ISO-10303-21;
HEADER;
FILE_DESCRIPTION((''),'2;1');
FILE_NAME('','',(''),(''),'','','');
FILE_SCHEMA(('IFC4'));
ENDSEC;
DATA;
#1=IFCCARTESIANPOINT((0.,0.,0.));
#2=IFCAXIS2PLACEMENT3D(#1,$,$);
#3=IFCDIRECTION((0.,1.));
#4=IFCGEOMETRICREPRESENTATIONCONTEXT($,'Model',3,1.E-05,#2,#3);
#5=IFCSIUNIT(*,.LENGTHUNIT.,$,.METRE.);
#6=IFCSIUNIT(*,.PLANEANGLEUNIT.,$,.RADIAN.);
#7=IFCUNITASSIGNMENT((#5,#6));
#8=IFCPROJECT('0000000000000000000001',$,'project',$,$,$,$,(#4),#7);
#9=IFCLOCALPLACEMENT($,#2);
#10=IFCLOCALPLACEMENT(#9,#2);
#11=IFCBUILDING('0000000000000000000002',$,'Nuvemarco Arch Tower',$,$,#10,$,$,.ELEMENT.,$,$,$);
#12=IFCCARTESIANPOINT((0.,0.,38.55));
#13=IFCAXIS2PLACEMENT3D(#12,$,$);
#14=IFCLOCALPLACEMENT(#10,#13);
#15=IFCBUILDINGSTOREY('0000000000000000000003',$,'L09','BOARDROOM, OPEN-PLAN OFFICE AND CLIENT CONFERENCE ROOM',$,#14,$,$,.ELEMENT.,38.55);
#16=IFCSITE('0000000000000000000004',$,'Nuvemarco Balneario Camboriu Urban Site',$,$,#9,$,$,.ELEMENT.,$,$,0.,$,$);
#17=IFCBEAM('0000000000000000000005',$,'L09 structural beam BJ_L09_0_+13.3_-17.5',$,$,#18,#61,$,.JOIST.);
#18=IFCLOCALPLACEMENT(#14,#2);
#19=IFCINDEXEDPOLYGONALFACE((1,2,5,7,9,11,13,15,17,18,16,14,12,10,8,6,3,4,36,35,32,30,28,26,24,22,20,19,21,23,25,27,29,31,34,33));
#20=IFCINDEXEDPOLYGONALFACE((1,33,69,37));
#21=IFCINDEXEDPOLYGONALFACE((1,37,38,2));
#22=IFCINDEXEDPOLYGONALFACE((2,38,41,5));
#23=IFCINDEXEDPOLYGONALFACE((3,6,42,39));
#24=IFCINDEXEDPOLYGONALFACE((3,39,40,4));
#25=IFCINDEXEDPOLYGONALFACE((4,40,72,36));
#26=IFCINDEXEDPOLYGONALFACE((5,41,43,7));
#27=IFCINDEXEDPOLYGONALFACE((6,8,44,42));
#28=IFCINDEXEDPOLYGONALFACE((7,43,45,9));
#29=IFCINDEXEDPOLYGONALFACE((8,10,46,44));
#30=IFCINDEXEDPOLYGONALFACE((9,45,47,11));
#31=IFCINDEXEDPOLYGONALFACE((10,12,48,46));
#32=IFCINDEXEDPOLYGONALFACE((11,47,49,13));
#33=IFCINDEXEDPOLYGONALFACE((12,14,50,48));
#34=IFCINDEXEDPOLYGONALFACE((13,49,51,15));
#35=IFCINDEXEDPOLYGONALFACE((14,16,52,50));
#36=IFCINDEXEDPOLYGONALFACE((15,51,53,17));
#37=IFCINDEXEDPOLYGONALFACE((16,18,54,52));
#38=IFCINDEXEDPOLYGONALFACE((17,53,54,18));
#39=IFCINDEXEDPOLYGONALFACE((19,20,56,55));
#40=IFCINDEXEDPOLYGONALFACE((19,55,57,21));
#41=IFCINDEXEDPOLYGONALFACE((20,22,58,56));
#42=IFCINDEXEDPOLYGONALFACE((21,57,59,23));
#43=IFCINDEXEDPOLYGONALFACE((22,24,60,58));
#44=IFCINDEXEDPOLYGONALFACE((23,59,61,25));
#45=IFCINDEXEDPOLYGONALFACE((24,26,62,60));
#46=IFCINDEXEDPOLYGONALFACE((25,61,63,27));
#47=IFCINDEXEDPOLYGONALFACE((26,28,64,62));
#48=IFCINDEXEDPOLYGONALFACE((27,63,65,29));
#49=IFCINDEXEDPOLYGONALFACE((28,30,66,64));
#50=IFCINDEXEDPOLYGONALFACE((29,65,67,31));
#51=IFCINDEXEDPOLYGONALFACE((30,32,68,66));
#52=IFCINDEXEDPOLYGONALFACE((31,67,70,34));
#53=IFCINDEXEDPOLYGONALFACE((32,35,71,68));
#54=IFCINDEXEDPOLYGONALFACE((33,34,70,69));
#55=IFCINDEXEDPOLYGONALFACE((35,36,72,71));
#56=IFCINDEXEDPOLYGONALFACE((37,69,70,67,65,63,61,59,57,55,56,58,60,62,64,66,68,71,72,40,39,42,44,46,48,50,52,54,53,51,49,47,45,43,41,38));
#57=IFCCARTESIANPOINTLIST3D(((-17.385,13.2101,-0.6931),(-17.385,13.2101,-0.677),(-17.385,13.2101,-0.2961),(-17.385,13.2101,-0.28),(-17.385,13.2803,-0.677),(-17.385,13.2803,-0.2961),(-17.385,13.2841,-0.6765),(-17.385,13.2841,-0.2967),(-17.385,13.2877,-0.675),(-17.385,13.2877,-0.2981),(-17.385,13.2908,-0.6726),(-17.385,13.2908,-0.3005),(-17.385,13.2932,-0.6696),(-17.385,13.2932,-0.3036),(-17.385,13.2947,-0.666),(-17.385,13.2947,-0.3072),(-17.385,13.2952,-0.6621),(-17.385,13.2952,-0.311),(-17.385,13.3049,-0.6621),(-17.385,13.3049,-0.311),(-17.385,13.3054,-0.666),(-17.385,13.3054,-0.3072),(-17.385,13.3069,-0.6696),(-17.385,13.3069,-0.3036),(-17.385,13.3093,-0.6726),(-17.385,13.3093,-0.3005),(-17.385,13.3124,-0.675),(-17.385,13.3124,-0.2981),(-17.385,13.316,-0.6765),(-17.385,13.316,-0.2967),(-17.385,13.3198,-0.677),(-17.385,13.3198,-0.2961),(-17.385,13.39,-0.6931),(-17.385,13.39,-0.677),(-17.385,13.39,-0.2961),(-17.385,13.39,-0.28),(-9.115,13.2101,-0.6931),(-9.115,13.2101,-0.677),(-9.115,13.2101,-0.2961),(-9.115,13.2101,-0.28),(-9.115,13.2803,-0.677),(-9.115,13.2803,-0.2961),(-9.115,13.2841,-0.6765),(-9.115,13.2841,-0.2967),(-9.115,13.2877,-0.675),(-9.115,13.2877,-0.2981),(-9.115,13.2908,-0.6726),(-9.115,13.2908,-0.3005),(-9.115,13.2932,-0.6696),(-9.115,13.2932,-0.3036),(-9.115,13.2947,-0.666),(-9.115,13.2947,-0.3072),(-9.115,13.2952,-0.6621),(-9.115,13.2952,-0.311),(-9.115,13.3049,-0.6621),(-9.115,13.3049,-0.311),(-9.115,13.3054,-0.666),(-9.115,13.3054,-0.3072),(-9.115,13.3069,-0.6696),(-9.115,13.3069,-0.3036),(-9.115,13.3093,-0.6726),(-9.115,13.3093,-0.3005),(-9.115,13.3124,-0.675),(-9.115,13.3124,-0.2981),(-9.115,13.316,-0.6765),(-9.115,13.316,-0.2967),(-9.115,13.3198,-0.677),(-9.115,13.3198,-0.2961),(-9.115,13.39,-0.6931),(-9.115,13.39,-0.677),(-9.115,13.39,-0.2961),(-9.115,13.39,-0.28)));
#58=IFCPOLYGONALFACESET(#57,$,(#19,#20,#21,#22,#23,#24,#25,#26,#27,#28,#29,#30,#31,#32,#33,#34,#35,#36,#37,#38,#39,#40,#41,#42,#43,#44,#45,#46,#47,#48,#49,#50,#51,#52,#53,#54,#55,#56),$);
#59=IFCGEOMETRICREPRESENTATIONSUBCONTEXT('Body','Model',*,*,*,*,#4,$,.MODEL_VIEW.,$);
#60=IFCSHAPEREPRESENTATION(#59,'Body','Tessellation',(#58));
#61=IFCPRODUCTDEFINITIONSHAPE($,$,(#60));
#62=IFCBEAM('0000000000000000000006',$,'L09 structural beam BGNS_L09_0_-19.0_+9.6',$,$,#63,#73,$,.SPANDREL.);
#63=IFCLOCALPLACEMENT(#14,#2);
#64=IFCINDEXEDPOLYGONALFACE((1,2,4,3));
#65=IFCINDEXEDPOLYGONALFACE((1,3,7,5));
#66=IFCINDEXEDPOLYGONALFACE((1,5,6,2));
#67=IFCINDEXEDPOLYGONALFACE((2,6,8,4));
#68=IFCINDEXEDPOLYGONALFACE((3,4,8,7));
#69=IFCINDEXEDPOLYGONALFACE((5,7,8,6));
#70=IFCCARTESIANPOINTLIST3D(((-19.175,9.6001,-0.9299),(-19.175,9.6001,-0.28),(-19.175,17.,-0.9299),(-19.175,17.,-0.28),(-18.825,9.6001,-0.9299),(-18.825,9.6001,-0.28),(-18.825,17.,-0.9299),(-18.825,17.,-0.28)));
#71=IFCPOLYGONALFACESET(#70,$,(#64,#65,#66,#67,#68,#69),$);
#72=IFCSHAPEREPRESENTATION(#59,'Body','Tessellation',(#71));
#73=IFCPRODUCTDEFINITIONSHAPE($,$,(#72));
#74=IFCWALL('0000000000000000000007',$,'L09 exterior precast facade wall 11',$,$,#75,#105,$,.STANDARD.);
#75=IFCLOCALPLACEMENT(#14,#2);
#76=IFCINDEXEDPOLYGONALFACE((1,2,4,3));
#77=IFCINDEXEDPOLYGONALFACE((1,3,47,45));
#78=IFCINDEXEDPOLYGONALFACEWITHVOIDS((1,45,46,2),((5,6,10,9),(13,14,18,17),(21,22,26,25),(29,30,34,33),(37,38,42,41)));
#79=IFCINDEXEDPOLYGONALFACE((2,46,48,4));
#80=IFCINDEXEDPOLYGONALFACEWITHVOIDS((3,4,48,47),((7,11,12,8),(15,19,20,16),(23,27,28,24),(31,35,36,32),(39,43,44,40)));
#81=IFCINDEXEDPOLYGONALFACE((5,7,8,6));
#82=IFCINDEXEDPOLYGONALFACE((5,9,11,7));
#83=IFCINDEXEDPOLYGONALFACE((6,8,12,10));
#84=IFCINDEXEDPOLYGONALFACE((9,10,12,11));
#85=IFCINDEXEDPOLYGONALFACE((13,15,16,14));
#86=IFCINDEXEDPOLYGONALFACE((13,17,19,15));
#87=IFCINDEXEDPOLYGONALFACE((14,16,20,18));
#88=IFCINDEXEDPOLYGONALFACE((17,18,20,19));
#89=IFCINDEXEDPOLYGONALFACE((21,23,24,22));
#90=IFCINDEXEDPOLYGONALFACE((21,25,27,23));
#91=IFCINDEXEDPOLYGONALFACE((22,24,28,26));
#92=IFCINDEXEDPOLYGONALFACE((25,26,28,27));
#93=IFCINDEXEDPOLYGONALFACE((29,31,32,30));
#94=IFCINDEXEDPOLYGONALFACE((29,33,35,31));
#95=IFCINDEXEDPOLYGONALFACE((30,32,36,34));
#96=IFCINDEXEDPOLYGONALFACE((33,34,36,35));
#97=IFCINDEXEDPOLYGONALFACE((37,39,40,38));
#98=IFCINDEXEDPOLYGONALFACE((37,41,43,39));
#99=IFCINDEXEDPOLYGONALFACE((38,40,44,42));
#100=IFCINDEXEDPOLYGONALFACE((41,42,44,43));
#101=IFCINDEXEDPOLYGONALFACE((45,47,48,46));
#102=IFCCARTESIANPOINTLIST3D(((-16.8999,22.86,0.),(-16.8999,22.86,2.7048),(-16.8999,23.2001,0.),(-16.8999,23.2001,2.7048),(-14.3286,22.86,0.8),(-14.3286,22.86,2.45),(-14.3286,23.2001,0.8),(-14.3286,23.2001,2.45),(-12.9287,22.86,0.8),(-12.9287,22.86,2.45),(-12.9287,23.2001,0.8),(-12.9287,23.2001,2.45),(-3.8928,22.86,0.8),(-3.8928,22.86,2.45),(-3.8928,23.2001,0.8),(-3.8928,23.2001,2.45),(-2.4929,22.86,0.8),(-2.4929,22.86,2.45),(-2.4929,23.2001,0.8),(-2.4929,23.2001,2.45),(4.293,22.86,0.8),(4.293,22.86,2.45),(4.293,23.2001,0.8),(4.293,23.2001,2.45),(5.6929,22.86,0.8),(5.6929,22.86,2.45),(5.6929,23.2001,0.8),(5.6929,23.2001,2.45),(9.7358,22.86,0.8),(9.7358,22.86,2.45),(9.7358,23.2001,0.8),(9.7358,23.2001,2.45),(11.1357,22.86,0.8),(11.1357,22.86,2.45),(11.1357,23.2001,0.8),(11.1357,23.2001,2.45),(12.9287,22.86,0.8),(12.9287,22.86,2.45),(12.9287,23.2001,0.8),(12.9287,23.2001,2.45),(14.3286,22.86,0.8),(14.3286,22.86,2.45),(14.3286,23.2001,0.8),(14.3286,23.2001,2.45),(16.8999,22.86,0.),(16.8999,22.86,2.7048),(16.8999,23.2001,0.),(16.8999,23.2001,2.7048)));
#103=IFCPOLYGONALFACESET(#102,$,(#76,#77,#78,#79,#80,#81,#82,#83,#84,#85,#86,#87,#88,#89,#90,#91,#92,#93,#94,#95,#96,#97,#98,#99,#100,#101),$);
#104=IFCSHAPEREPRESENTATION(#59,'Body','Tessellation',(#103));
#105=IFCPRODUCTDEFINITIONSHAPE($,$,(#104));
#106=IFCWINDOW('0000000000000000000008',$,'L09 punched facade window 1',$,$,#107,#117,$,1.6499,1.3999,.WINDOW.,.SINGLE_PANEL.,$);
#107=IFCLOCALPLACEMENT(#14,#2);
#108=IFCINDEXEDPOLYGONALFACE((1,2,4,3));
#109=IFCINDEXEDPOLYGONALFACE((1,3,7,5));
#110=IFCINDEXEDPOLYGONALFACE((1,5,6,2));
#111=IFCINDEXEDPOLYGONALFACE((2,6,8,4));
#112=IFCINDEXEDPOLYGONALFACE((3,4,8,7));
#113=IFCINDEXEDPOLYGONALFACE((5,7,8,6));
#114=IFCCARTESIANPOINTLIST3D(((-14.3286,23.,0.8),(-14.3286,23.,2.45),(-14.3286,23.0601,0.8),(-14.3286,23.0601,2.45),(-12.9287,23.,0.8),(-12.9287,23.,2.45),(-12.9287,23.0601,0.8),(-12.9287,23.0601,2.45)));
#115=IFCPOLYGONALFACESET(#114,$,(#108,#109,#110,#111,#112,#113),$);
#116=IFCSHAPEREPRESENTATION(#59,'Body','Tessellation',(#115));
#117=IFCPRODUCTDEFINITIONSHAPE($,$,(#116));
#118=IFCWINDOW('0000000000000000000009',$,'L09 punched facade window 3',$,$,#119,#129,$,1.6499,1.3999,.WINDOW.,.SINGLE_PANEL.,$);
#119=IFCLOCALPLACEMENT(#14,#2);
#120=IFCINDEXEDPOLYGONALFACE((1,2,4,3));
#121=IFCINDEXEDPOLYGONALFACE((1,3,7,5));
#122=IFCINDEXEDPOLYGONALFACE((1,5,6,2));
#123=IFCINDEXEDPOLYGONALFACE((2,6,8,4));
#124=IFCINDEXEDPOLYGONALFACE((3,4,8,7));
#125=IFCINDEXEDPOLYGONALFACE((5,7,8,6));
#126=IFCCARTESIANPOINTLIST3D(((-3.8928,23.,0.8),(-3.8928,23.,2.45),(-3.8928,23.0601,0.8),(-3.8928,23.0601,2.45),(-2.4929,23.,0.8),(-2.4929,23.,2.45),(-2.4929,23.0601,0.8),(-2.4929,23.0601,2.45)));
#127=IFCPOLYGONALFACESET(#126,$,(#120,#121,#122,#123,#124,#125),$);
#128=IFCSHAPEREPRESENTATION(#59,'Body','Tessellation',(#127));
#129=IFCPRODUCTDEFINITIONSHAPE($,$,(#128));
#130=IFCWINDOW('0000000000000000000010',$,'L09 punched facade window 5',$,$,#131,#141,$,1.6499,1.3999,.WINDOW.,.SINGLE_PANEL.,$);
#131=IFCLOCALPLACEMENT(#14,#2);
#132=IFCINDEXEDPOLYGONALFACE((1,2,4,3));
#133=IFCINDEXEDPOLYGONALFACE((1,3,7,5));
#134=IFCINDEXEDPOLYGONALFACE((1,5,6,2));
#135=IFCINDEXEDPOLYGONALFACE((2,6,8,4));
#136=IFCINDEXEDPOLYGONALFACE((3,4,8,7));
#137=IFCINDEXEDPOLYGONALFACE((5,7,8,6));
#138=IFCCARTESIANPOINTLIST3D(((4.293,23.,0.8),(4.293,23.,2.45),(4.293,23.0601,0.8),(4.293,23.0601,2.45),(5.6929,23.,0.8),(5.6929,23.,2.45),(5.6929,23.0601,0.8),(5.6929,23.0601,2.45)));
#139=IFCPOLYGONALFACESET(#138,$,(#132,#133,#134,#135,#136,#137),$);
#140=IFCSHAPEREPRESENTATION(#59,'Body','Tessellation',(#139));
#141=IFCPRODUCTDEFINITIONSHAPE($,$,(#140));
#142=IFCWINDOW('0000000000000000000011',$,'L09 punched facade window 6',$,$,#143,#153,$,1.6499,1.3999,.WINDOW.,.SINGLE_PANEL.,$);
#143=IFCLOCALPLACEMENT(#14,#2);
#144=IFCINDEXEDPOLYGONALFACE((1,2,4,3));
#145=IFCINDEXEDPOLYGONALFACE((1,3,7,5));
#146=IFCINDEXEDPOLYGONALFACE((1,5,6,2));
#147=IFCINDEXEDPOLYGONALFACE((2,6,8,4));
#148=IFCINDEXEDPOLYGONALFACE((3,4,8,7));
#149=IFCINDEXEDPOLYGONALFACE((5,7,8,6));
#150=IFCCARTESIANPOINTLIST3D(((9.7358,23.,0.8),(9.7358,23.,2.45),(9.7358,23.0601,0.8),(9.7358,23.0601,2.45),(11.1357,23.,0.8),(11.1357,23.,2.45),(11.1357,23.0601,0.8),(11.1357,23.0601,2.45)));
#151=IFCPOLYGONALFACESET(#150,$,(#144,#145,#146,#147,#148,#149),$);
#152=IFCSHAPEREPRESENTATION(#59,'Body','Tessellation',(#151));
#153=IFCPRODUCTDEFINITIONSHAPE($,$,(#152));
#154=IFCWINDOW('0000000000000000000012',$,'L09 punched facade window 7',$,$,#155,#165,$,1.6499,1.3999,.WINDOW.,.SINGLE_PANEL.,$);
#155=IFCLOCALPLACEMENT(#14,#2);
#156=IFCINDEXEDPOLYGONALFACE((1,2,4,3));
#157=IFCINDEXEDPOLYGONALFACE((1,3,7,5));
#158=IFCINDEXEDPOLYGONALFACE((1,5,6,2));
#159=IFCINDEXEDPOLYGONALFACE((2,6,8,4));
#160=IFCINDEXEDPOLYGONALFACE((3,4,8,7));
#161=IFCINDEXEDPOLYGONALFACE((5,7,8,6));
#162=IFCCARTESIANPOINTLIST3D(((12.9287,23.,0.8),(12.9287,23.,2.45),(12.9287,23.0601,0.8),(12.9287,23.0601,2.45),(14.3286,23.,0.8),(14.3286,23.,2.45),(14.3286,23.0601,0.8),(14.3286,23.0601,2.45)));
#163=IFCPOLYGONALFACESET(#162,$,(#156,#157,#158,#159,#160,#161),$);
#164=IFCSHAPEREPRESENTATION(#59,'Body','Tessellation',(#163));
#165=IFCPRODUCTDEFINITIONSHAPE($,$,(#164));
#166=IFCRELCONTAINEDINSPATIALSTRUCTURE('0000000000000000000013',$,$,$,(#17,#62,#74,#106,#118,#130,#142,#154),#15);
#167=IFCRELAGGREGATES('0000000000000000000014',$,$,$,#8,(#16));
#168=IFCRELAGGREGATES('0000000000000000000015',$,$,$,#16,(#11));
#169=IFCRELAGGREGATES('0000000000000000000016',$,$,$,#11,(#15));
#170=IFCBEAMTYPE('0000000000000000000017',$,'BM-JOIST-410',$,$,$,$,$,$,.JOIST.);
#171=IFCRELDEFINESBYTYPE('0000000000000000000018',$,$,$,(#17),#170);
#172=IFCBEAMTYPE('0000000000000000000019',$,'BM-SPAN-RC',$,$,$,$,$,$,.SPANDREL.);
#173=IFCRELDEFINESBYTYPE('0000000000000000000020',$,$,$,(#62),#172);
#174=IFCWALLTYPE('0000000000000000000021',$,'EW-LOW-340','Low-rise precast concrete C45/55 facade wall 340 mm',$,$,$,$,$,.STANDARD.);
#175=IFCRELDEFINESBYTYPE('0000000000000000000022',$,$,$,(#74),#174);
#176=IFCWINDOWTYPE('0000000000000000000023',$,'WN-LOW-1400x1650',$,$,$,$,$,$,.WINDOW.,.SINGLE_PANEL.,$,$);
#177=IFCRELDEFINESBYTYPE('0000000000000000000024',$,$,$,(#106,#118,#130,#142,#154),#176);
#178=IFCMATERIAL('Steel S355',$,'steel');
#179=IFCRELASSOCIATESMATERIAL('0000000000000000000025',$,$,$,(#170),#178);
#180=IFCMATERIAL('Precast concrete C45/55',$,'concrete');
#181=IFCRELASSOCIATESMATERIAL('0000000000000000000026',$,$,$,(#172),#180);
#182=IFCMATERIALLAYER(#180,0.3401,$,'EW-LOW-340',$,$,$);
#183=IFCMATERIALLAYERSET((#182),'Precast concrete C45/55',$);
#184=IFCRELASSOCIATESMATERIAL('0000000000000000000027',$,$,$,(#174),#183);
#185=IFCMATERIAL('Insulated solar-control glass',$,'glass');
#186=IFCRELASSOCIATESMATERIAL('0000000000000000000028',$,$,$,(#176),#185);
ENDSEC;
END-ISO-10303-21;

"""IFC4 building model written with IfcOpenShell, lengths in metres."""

from ifc_helpers import new_model, si_unit, direction, frame, frame_2d, origin, origin_2d, place, context, subcontext, project, spatial, rectangle, i_section, extrude, source, transform, mapped, material, layer, layer_set, material_profile, profile_set, type_object, type_shapes, element, fill, save


model = new_model("IFC4")

# Units and contexts
model_context = context("Model", 3, precision=1e-05, world=origin(), true_north=direction((0.0, 1.0)))
body_context = subcontext(model_context, "Body", "Model", "MODEL_VIEW")
ifc_project = project(units=[si_unit("LENGTHUNIT", "METRE"), si_unit("PLANEANGLEUNIT", "RADIAN")], contexts=[model_context])

# Site, building, storey
site_placement = place(None, origin())
site = spatial("IfcSite", under=ifc_project, at=site_placement, Name="Nuvemarco Balneario Camboriu Urban Site", CompositionType="ELEMENT", RefElevation=0.0)
building_placement = place(site_placement, origin())
building = spatial("IfcBuilding", under=site, at=building_placement, Name="Nuvemarco Arch Tower", CompositionType="ELEMENT")
storey_placement = place(building_placement, frame((0.0, 0.0, 38.55)))
storey = spatial("IfcBuildingStorey", under=building, at=storey_placement, Name="L09", Description="BOARDROOM, OPEN-PLAN OFFICE AND CLIENT CONFERENCE ROOM", CompositionType="ELEMENT", Elevation=38.55)

# Shared definitions
ifc_material_1 = material(Name="Steel S355", Category="steel")

# Beams
ifc_material_profile_1 = material_profile(ifc_material_1, i_section(OverallWidth=0.1799, OverallDepth=0.4131, WebThickness=0.0098, FlangeThickness=0.0161, FilletRadius=0.0149, at=origin_2d()), Name="W410x75")
ifc_profile_set_1 = profile_set([ifc_material_profile_1], Name="Steel S355")
beam_type_1 = type_object("IfcBeamType", Name="BM-JOIST-410", PredefinedType="JOIST", material=ifc_profile_set_1)
beam_1_placement = place(storey_placement, frame((-17.385, 13.3, -0.4866), z_axis=(1.0, 0.0, 0.0), x_axis=(0.0, 1.0, 0.0)))
element("IfcBeam", 1, at=beam_1_placement, inside=storey, type_object=beam_type_1, Name="L09 structural beam BJ_L09_0_+13.3_-17.5", PredefinedType="JOIST", context=body_context, shape_type="SweptSolid", body=[
    extrude(i_section(OverallWidth=0.1799, OverallDepth=0.4131, WebThickness=0.0098, FlangeThickness=0.0161, FilletRadius=0.0149, at=origin_2d()), origin(), (0.0, 0.0, 1.0), 8.27),
])
ifc_material_2 = material(Name="Precast concrete C45/55", Category="concrete")
ifc_material_profile_2 = material_profile(ifc_material_2, rectangle(XDim=0.3501, YDim=0.6499, at=origin_2d()), Name="PC-SP-350x650")
ifc_profile_set_2 = profile_set([ifc_material_profile_2], Name="Precast concrete C45/55")
beam_type_2 = type_object("IfcBeamType", Name="BM-SPAN-RC", PredefinedType="SPANDREL", material=ifc_profile_set_2)
beam_2_placement = place(storey_placement, frame((-19.0, 9.6001, -0.605), z_axis=(0.0, 1.0, 0.0), x_axis=(-1.0, 0.0, 0.0)))
element("IfcBeam", 2, at=beam_2_placement, inside=storey, type_object=beam_type_2, Name="L09 structural beam BGNS_L09_0_-19.0_+9.6", PredefinedType="SPANDREL", context=body_context, shape_type="SweptSolid", body=[
    extrude(rectangle(XDim=0.3501, YDim=0.6499, at=origin_2d()), origin(), (0.0, 0.0, 1.0), 7.3999),
])

# Wall, openings, windows
ifc_layer_1 = layer(ifc_material_2, 0.3401, Name="EW-LOW-340")
ifc_layer_set_1 = layer_set([ifc_layer_1], Name="Precast concrete C45/55")
wall_type_1 = type_object("IfcWallType", Name="EW-LOW-340", Description="Low-rise precast concrete C45/55 facade wall 340 mm", PredefinedType="STANDARD", material=ifc_layer_set_1)
wall_1_placement = place(storey_placement, frame((-16.8999, 23.03, 0.0), z_axis=(0.0, 0.0, 1.0), x_axis=(1.0, 0.0, 0.0)))
wall_1 = element("IfcWall", 3, at=wall_1_placement, inside=storey, type_object=wall_type_1, Name="L09 exterior precast facade wall 11", PredefinedType="STANDARD", context=body_context, shape_type="SweptSolid", body=[
    extrude(rectangle(XDim=33.7998, YDim=0.3401, at=frame_2d((16.8999, 0.0))), origin(), (0.0, 0.0, 1.0), 2.7048),
])
opening_1_placement = place(wall_1_placement, frame((2.5713, 0.0, 0.8)))
opening_1 = element("IfcOpeningElement", 4, at=opening_1_placement, cuts=wall_1, PredefinedType="OPENING", context=body_context, shape_type="SweptSolid", body=[
    extrude(rectangle(XDim=1.3999, YDim=1.6499, at=frame_2d((0.7, 0.825))), frame((0.0, 0.1799, 0.0), z_axis=(0.0, -1.0, 0.0), x_axis=(1.0, 0.0, 0.0)), (0.0, 0.0, 1.0), 0.3601),
])
opening_2_placement = place(wall_1_placement, frame((13.0071, 0.0, 0.8)))
opening_2 = element("IfcOpeningElement", 5, at=opening_2_placement, cuts=wall_1, PredefinedType="OPENING", context=body_context, shape_type="SweptSolid", body=[
    extrude(rectangle(XDim=1.3999, YDim=1.6499, at=frame_2d((0.7, 0.825))), frame((0.0, 0.1799, 0.0), z_axis=(0.0, -1.0, 0.0), x_axis=(1.0, 0.0, 0.0)), (0.0, 0.0, 1.0), 0.3601),
])
opening_3_placement = place(wall_1_placement, frame((21.1929, 0.0, 0.8)))
opening_3 = element("IfcOpeningElement", 6, at=opening_3_placement, cuts=wall_1, PredefinedType="OPENING", context=body_context, shape_type="SweptSolid", body=[
    extrude(rectangle(XDim=1.3999, YDim=1.6499, at=frame_2d((0.7, 0.825))), frame((0.0, 0.1799, 0.0), z_axis=(0.0, -1.0, 0.0), x_axis=(1.0, 0.0, 0.0)), (0.0, 0.0, 1.0), 0.3601),
])
opening_4_placement = place(wall_1_placement, frame((26.6357, 0.0, 0.8)))
opening_4 = element("IfcOpeningElement", 7, at=opening_4_placement, cuts=wall_1, PredefinedType="OPENING", context=body_context, shape_type="SweptSolid", body=[
    extrude(rectangle(XDim=1.3999, YDim=1.6499, at=frame_2d((0.7, 0.825))), frame((0.0, 0.1799, 0.0), z_axis=(0.0, -1.0, 0.0), x_axis=(1.0, 0.0, 0.0)), (0.0, 0.0, 1.0), 0.3601),
])
opening_5_placement = place(wall_1_placement, frame((29.8286, 0.0, 0.8)))
opening_5 = element("IfcOpeningElement", 8, at=opening_5_placement, cuts=wall_1, PredefinedType="OPENING", context=body_context, shape_type="SweptSolid", body=[
    extrude(rectangle(XDim=1.3999, YDim=1.6499, at=frame_2d((0.7, 0.825))), frame((0.0, 0.1799, 0.0), z_axis=(0.0, -1.0, 0.0), x_axis=(1.0, 0.0, 0.0)), (0.0, 0.0, 1.0), 0.3601),
])
ifc_material_3 = material(Name="Insulated solar-control glass", Category="glass")
window_type = type_object("IfcWindowType", Name="WN-LOW-1400x1650", PartitioningType="SINGLE_PANEL", PredefinedType="WINDOW", material=ifc_material_3)
shared_shape_1 = source(origin(), body_context, "Body", "SweptSolid", [
    extrude(rectangle(XDim=1.3999, YDim=1.6499, at=frame_2d((0.7, 0.825))), frame((0.0, 0.03, 0.0), z_axis=(0.0, -1.0, 0.0), x_axis=(1.0, 0.0, 0.0)), (0.0, 0.0, 1.0), 0.0601),
])
type_shapes(window_type, [shared_shape_1])
window_1_placement = place(opening_1_placement, origin())
window_1 = element("IfcWindow", 9, at=window_1_placement, inside=storey, type_object=window_type, Name="L09 punched facade window 1", OverallHeight=1.6499, OverallWidth=1.3999, PartitioningType="SINGLE_PANEL", PredefinedType="WINDOW", context=body_context, shape_type="MappedRepresentation", body=[
    mapped(shared_shape_1, transform((0.0, 0.0, 0.0), scale=1.0)),
])
fill(opening_1, window_1)
window_2_placement = place(opening_2_placement, origin())
window_2 = element("IfcWindow", 10, at=window_2_placement, inside=storey, type_object=window_type, Name="L09 punched facade window 3", OverallHeight=1.6499, OverallWidth=1.3999, PartitioningType="SINGLE_PANEL", PredefinedType="WINDOW", context=body_context, shape_type="MappedRepresentation", body=[
    mapped(shared_shape_1, transform((0.0, 0.0, 0.0), scale=1.0)),
])
fill(opening_2, window_2)
window_3_placement = place(opening_3_placement, origin())
window_3 = element("IfcWindow", 11, at=window_3_placement, inside=storey, type_object=window_type, Name="L09 punched facade window 5", OverallHeight=1.6499, OverallWidth=1.3999, PartitioningType="SINGLE_PANEL", PredefinedType="WINDOW", context=body_context, shape_type="MappedRepresentation", body=[
    mapped(shared_shape_1, transform((0.0, 0.0, 0.0), scale=1.0)),
])
fill(opening_3, window_3)
window_4_placement = place(opening_4_placement, origin())
window_4 = element("IfcWindow", 12, at=window_4_placement, inside=storey, type_object=window_type, Name="L09 punched facade window 6", OverallHeight=1.6499, OverallWidth=1.3999, PartitioningType="SINGLE_PANEL", PredefinedType="WINDOW", context=body_context, shape_type="MappedRepresentation", body=[
    mapped(shared_shape_1, transform((0.0, 0.0, 0.0), scale=1.0)),
])
fill(opening_4, window_4)
window_5_placement = place(opening_5_placement, origin())
window_5 = element("IfcWindow", 13, at=window_5_placement, inside=storey, type_object=window_type, Name="L09 punched facade window 7", OverallHeight=1.6499, OverallWidth=1.3999, PartitioningType="SINGLE_PANEL", PredefinedType="WINDOW", context=body_context, shape_type="MappedRepresentation", body=[
    mapped(shared_shape_1, transform((0.0, 0.0, 0.0), scale=1.0)),
])
fill(opening_5, window_5)

save(model, "model.ifc")
